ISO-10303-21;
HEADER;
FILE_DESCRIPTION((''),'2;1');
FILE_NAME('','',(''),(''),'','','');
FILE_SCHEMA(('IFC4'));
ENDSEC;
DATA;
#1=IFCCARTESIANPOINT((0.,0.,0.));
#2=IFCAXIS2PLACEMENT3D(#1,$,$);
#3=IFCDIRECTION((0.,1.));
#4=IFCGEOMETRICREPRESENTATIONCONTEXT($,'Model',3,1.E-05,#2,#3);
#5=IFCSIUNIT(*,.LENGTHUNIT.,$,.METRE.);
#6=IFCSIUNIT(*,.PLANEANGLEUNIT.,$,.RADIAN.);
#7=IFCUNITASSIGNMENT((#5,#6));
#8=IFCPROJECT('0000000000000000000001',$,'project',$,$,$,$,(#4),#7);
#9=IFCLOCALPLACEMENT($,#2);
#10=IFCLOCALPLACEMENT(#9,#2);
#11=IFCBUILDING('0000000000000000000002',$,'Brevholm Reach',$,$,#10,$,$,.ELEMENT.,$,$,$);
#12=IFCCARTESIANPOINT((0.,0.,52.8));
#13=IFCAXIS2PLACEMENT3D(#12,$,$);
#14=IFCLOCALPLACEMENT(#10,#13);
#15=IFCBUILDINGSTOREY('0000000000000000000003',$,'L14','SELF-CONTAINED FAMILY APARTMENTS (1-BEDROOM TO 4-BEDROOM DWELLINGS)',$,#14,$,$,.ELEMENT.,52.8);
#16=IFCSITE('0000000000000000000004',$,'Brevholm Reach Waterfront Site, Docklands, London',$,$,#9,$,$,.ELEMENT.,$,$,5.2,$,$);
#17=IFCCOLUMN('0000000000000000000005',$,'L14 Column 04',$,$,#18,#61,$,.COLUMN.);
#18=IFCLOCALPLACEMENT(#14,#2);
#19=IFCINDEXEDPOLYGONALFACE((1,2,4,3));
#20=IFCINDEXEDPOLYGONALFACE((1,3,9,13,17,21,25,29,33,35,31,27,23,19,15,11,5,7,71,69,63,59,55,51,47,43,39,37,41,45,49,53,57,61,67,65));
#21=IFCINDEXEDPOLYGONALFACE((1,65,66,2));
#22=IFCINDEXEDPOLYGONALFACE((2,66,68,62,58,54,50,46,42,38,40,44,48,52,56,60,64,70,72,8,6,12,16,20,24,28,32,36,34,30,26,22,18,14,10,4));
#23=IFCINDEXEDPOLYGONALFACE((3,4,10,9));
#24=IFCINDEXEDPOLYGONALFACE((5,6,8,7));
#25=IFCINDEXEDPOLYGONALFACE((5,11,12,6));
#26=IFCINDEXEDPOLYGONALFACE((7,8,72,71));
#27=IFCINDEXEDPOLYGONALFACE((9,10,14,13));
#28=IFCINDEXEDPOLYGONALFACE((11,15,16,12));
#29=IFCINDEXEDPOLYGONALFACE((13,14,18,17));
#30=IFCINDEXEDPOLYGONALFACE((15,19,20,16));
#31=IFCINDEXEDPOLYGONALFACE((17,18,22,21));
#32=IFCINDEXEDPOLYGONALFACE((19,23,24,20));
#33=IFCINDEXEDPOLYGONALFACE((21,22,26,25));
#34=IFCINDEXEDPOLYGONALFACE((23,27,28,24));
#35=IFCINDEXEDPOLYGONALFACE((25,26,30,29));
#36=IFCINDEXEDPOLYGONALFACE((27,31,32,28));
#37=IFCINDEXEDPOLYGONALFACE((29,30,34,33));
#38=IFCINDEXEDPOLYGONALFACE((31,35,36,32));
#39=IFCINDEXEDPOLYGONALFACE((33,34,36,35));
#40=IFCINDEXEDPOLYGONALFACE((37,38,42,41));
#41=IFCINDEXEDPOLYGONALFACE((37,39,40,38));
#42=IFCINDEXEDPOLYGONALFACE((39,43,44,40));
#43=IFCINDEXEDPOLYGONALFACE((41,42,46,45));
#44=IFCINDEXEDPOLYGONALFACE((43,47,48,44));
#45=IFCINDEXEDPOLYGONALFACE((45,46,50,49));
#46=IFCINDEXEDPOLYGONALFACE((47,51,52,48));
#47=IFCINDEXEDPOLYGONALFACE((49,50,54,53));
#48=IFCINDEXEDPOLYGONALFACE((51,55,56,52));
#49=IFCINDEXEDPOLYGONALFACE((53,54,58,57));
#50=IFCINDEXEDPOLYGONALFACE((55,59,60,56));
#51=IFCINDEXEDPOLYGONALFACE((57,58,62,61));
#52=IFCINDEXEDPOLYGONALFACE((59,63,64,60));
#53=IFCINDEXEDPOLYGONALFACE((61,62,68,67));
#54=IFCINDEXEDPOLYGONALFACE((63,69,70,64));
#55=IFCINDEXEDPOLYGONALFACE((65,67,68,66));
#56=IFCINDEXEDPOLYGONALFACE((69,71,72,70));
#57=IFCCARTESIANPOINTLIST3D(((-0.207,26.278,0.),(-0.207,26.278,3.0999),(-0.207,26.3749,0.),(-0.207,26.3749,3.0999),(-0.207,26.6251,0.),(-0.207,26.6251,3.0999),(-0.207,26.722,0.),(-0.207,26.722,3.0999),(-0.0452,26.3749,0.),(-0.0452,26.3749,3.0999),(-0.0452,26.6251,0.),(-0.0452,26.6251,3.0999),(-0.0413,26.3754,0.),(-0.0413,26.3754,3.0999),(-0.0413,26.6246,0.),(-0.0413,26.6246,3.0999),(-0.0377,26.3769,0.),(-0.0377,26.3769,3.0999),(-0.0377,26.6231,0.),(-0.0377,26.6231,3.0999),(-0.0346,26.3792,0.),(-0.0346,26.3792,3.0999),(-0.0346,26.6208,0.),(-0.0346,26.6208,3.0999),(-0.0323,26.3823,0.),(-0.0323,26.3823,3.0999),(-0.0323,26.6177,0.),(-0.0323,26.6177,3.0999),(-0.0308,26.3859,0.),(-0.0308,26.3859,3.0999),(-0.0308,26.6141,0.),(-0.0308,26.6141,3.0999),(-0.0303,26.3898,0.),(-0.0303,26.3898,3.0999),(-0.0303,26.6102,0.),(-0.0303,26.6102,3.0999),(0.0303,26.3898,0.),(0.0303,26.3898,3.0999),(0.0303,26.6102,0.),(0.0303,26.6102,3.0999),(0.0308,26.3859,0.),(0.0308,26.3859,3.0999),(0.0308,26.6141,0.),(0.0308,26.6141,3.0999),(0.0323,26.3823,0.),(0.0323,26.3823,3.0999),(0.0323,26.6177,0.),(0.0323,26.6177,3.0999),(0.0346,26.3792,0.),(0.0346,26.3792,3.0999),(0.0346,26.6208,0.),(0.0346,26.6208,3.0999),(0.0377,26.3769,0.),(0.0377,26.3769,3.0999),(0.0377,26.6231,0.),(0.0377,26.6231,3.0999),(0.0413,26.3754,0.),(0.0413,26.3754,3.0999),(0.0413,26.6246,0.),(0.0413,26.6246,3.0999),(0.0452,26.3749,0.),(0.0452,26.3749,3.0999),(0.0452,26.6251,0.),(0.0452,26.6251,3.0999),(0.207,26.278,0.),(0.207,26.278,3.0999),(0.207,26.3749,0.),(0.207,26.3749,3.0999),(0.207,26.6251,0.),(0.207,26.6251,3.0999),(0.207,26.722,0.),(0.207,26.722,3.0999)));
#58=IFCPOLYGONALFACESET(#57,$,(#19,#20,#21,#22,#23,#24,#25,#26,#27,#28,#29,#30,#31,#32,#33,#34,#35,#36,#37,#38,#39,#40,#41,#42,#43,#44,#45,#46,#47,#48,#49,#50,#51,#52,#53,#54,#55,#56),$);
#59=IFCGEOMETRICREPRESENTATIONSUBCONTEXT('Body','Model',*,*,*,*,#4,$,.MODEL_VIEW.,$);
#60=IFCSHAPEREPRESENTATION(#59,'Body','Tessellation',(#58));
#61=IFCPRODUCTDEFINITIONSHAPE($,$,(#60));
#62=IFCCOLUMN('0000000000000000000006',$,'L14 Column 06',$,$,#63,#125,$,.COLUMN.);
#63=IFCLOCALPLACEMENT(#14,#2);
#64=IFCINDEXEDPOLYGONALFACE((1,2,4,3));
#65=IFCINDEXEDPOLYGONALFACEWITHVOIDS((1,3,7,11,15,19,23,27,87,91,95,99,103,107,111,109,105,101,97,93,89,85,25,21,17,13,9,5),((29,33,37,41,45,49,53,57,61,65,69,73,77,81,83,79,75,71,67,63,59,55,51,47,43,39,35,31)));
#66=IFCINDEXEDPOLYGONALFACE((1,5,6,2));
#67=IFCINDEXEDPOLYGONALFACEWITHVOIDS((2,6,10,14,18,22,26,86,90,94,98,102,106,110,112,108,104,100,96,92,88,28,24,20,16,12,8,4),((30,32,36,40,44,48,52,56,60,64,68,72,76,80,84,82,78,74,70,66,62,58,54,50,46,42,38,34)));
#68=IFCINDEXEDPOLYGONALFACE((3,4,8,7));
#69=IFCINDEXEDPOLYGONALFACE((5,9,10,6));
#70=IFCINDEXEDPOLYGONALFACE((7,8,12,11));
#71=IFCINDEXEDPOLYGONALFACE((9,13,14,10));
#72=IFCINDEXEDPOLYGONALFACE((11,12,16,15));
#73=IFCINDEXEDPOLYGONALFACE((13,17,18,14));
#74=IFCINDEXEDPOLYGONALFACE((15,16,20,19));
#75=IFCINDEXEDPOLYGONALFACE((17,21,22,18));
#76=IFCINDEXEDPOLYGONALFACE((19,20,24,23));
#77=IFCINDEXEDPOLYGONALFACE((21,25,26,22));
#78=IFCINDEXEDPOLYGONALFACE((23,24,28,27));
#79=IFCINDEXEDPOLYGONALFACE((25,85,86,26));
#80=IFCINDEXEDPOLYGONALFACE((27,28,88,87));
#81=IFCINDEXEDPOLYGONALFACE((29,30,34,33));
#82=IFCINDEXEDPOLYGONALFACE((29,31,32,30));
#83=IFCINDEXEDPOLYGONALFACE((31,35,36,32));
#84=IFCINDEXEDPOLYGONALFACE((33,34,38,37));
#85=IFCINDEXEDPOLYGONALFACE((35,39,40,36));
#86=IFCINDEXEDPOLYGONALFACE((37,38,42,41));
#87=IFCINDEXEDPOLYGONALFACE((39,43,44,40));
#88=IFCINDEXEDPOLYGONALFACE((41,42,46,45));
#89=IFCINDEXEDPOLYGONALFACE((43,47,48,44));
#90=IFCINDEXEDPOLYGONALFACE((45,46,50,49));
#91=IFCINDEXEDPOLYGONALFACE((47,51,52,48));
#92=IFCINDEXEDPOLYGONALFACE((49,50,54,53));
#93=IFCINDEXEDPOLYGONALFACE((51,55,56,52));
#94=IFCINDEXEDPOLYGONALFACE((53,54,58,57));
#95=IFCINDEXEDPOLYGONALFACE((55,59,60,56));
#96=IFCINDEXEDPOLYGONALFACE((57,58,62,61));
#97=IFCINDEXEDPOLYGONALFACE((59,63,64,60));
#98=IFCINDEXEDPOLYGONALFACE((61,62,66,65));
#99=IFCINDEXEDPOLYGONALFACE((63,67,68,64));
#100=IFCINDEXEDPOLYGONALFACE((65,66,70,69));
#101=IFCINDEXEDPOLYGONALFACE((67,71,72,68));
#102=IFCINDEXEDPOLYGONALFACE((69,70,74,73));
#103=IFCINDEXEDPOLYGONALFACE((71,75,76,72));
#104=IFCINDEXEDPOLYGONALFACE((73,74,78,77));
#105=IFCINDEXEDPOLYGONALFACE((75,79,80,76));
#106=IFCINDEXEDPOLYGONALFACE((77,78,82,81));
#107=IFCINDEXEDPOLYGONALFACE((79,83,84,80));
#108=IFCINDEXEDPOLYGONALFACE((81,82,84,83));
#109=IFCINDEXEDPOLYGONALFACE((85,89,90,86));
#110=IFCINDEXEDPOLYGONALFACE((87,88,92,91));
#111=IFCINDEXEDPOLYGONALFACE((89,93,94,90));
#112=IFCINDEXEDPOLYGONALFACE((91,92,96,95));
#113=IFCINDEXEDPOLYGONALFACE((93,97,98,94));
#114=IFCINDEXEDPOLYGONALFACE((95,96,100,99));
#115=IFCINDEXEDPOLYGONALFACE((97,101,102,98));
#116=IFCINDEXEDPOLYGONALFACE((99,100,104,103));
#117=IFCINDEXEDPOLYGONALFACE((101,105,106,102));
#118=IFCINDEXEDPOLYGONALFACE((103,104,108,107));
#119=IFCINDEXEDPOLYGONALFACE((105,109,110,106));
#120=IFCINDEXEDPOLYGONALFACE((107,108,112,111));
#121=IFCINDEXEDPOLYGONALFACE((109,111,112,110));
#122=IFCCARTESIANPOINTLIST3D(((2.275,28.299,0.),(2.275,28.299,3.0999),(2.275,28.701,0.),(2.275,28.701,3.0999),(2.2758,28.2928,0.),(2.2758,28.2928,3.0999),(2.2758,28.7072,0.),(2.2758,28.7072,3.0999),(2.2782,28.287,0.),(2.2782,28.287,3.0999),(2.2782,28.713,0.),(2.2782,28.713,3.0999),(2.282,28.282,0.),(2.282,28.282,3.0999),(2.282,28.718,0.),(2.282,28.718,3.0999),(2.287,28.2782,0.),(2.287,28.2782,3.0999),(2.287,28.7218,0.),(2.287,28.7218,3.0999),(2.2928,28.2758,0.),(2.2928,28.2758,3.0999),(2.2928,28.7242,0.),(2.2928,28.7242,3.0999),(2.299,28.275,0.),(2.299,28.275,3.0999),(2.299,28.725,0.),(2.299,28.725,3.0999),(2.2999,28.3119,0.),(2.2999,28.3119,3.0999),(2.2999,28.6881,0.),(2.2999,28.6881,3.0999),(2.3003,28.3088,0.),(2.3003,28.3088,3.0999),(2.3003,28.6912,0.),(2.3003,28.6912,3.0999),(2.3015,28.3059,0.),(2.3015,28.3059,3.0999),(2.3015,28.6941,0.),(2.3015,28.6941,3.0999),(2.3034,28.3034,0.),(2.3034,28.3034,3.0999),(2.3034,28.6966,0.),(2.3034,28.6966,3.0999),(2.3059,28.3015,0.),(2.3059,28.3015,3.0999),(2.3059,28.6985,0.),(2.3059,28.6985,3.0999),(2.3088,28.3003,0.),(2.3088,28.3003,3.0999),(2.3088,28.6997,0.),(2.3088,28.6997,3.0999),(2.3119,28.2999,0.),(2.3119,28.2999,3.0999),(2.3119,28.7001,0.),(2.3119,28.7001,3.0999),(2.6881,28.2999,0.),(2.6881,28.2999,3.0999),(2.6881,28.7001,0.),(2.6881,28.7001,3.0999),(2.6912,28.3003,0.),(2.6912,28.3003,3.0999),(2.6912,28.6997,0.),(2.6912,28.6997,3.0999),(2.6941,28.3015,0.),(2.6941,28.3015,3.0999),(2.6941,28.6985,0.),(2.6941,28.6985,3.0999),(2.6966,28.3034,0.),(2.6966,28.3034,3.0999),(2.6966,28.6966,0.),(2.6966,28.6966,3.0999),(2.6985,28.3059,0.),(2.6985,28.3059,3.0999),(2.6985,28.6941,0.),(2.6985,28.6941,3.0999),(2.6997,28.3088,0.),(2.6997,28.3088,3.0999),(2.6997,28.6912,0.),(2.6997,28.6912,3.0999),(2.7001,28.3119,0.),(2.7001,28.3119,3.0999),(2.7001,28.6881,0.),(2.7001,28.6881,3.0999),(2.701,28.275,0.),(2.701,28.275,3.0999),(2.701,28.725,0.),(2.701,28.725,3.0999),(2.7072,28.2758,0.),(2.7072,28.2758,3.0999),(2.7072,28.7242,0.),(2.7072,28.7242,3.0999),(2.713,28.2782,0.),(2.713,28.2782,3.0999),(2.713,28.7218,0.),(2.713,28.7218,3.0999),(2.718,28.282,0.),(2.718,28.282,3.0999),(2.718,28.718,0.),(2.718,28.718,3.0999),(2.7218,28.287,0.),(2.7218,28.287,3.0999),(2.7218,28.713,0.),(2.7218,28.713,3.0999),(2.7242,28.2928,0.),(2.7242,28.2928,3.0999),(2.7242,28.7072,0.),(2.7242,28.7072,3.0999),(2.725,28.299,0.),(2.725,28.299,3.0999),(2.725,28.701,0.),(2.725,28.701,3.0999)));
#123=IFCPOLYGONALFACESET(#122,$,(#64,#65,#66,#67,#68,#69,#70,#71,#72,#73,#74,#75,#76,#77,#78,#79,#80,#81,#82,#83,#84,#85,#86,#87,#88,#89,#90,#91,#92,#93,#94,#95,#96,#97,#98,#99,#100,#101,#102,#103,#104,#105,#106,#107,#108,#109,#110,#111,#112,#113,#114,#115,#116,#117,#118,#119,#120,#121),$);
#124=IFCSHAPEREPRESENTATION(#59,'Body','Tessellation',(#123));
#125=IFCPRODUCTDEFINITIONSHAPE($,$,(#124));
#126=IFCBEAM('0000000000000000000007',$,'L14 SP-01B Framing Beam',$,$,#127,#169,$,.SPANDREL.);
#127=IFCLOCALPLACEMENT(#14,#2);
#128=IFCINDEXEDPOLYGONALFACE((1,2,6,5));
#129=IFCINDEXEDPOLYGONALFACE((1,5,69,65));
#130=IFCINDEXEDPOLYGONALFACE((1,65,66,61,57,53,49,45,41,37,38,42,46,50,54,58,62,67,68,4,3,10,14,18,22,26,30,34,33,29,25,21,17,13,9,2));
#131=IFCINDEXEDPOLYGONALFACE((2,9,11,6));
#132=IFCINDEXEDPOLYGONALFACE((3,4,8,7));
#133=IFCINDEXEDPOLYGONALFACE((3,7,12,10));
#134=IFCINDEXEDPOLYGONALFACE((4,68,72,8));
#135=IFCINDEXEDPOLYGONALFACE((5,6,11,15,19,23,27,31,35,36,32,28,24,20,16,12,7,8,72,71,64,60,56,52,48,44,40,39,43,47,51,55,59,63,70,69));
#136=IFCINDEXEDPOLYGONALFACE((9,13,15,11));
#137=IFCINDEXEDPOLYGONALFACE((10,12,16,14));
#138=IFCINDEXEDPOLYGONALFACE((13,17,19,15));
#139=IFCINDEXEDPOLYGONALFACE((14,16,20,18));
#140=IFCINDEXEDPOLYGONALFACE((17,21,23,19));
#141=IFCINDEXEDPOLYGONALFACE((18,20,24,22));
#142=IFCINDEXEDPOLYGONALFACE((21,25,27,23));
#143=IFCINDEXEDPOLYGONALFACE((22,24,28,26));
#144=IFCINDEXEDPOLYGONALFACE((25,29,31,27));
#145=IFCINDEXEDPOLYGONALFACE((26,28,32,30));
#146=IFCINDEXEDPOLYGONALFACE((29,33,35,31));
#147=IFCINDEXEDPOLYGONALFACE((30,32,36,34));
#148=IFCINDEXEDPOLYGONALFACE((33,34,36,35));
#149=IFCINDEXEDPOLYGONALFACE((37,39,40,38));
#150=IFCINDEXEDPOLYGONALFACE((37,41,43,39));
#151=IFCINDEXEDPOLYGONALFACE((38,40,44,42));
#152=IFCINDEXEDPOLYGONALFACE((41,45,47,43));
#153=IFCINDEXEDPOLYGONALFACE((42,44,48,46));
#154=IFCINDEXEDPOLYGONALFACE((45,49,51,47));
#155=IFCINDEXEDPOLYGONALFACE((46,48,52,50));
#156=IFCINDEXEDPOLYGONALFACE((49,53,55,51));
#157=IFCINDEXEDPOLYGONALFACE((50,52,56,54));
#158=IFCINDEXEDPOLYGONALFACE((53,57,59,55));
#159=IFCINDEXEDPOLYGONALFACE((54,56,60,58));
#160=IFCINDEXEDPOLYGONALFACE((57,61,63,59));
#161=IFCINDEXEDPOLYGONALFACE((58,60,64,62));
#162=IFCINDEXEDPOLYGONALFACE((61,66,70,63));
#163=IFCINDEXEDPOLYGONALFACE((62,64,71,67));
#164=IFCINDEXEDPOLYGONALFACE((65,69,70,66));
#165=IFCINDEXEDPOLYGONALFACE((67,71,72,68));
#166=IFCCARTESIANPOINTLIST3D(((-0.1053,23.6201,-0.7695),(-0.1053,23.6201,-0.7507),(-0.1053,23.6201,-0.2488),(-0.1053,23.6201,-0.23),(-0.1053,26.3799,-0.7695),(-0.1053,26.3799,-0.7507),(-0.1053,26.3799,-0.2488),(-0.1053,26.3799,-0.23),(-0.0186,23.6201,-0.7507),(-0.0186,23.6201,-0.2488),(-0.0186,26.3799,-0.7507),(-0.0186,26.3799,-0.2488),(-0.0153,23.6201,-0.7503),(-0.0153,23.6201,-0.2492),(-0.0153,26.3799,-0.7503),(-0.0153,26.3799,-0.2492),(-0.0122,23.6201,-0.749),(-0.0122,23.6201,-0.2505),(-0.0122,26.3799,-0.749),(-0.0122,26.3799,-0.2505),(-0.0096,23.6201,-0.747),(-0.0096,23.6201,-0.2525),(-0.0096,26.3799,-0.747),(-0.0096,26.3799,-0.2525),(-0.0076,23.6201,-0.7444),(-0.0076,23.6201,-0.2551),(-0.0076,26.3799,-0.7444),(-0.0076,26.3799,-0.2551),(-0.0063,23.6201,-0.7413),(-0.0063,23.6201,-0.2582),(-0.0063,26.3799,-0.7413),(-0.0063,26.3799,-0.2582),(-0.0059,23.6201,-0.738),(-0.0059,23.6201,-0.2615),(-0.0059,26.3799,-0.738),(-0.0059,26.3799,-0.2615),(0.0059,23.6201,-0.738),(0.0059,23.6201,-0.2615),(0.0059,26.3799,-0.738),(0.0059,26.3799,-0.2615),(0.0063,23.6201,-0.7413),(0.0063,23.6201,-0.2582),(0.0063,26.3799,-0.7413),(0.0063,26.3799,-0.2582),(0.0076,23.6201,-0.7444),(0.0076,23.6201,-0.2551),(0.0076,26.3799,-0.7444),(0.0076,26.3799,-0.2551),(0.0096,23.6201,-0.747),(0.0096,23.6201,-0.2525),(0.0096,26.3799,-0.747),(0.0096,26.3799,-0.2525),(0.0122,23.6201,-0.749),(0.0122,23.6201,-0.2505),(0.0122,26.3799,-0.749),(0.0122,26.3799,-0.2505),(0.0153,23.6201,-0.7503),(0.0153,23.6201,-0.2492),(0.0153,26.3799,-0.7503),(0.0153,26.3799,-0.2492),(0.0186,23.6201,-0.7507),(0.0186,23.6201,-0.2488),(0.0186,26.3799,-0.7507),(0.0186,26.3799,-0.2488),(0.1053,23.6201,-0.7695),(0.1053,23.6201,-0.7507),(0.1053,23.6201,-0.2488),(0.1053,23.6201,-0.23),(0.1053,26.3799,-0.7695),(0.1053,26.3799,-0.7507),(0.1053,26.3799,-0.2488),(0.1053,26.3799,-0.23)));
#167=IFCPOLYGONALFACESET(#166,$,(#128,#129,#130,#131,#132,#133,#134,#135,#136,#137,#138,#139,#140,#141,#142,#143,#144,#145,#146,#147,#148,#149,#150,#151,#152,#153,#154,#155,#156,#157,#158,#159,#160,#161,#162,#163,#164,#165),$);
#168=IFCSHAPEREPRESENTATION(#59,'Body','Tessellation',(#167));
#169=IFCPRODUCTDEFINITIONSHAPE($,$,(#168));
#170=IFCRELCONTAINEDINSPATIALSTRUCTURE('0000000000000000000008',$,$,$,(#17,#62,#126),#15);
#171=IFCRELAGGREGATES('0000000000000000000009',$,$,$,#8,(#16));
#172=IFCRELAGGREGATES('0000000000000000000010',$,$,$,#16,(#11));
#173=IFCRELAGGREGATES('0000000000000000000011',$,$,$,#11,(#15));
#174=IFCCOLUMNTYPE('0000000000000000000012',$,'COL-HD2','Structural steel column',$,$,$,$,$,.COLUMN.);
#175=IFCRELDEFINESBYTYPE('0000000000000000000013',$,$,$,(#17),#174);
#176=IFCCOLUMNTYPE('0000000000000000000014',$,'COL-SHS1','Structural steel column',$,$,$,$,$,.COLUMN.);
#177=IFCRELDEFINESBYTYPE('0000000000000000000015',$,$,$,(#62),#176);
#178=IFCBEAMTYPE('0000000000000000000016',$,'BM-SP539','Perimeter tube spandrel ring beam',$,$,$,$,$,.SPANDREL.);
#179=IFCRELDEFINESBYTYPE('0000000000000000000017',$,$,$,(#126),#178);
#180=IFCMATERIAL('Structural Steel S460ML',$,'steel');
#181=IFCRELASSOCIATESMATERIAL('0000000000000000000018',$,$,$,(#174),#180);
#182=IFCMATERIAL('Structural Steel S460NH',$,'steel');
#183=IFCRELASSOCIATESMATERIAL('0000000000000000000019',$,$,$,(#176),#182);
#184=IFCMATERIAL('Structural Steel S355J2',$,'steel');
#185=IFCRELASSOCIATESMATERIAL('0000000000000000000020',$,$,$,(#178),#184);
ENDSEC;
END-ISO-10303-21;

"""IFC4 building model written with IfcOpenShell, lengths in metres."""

from ifc_helpers import new_model, si_unit, direction, frame, origin, origin_2d, place, context, subcontext, project, spatial, hollow_rectangle, i_section, extrude, material, material_profile, profile_set, type_object, element, save


model = new_model("IFC4")

# Units and contexts
model_context = context("Model", 3, precision=1e-05, world=origin(), true_north=direction((0.0, 1.0)))
body_context = subcontext(model_context, "Body", "Model", "MODEL_VIEW")
ifc_project = project(units=[si_unit("LENGTHUNIT", "METRE"), si_unit("PLANEANGLEUNIT", "RADIAN")], contexts=[model_context])

# Site, building, storey
site_placement = place(None, origin())
site = spatial("IfcSite", under=ifc_project, at=site_placement, Name="Brevholm Reach Waterfront Site, Docklands, London", CompositionType="ELEMENT", RefElevation=5.2)
building_placement = place(site_placement, origin())
building = spatial("IfcBuilding", under=site, at=building_placement, Name="Brevholm Reach", CompositionType="ELEMENT")
storey_placement = place(building_placement, frame((0.0, 0.0, 52.8)))
storey = spatial("IfcBuildingStorey", under=building, at=storey_placement, Name="L14", Description="SELF-CONTAINED FAMILY APARTMENTS (1-BEDROOM TO 4-BEDROOM DWELLINGS)", CompositionType="ELEMENT", Elevation=52.8)

# Columns
ifc_material_1 = material(Name="Structural Steel S460ML", Category="steel")
ifc_material_profile_1 = material_profile(ifc_material_1, i_section(OverallWidth=0.4141, OverallDepth=0.4441, WebThickness=0.0605, FlangeThickness=0.0969, FilletRadius=0.0149, at=origin_2d()), Name="HD 400x818")
ifc_profile_set_1 = profile_set([ifc_material_profile_1], Name="Structural Steel S460ML")
column_type_1 = type_object("IfcColumnType", Name="COL-HD2", Description="Structural steel column", PredefinedType="COLUMN", material=ifc_profile_set_1)
column_1_placement = place(storey_placement, frame((0.0, 26.5, 0.0), z_axis=(0.0, 0.0, 1.0), x_axis=(1.0, 0.0, 0.0)))
element("IfcColumn", 1, at=column_1_placement, inside=storey, type_object=column_type_1, Name="L14 Column 04", PredefinedType="COLUMN", context=body_context, shape_type="SweptSolid", body=[
    extrude(i_section(OverallWidth=0.4141, OverallDepth=0.4441, WebThickness=0.0605, FlangeThickness=0.0969, FilletRadius=0.0149, at=origin_2d()), origin(), (0.0, 0.0, 1.0), 3.0999),
])
ifc_material_2 = material(Name="Structural Steel S460NH", Category="steel")
ifc_material_profile_2 = material_profile(ifc_material_2, hollow_rectangle(XDim=0.45, YDim=0.45, WallThickness=0.0249, InnerFilletRadius=0.012, OuterFilletRadius=0.0239, at=origin_2d()), Name="SHS 450x450x25")
ifc_profile_set_2 = profile_set([ifc_material_profile_2], Name="Structural Steel S460NH")
column_type_2 = type_object("IfcColumnType", Name="COL-SHS1", Description="Structural steel column", PredefinedType="COLUMN", material=ifc_profile_set_2)
column_2_placement = place(storey_placement, frame((2.5, 28.5, 0.0), z_axis=(0.0, 0.0, 1.0), x_axis=(1.0, 0.0, 0.0)))
element("IfcColumn", 2, at=column_2_placement, inside=storey, type_object=column_type_2, Name="L14 Column 06", PredefinedType="COLUMN", context=body_context, shape_type="SweptSolid", body=[
    extrude(hollow_rectangle(XDim=0.45, YDim=0.45, WallThickness=0.0249, InnerFilletRadius=0.012, OuterFilletRadius=0.0239, at=origin_2d()), origin(), (0.0, 0.0, 1.0), 3.0999),
])

# Beam
ifc_material_3 = material(Name="Structural Steel S355J2", Category="steel")
ifc_material_profile_3 = material_profile(ifc_material_3, i_section(OverallWidth=0.2107, OverallDepth=0.5396, WebThickness=0.0117, FlangeThickness=0.0188, FilletRadius=0.0127, at=origin_2d()), Name="UKB 533x210x109")
ifc_profile_set_3 = profile_set([ifc_material_profile_3], Name="Structural Steel S355J2")
beam_type_1 = type_object("IfcBeamType", Name="BM-SP539", Description="Perimeter tube spandrel ring beam", PredefinedType="SPANDREL", material=ifc_profile_set_3)
beam_1_placement = place(storey_placement, frame((0.0, 23.6201, -0.4998), z_axis=(0.0, 1.0, 0.0), x_axis=(-1.0, 0.0, 0.0)))
element("IfcBeam", 3, at=beam_1_placement, inside=storey, type_object=beam_type_1, Name="L14 SP-01B Framing Beam", PredefinedType="SPANDREL", context=body_context, shape_type="SweptSolid", body=[
    extrude(i_section(OverallWidth=0.2107, OverallDepth=0.5396, WebThickness=0.0117, FlangeThickness=0.0188, FilletRadius=0.0127, at=origin_2d()), origin(), (0.0, 0.0, 1.0), 2.7598),
])

save(model, "model.ifc")
